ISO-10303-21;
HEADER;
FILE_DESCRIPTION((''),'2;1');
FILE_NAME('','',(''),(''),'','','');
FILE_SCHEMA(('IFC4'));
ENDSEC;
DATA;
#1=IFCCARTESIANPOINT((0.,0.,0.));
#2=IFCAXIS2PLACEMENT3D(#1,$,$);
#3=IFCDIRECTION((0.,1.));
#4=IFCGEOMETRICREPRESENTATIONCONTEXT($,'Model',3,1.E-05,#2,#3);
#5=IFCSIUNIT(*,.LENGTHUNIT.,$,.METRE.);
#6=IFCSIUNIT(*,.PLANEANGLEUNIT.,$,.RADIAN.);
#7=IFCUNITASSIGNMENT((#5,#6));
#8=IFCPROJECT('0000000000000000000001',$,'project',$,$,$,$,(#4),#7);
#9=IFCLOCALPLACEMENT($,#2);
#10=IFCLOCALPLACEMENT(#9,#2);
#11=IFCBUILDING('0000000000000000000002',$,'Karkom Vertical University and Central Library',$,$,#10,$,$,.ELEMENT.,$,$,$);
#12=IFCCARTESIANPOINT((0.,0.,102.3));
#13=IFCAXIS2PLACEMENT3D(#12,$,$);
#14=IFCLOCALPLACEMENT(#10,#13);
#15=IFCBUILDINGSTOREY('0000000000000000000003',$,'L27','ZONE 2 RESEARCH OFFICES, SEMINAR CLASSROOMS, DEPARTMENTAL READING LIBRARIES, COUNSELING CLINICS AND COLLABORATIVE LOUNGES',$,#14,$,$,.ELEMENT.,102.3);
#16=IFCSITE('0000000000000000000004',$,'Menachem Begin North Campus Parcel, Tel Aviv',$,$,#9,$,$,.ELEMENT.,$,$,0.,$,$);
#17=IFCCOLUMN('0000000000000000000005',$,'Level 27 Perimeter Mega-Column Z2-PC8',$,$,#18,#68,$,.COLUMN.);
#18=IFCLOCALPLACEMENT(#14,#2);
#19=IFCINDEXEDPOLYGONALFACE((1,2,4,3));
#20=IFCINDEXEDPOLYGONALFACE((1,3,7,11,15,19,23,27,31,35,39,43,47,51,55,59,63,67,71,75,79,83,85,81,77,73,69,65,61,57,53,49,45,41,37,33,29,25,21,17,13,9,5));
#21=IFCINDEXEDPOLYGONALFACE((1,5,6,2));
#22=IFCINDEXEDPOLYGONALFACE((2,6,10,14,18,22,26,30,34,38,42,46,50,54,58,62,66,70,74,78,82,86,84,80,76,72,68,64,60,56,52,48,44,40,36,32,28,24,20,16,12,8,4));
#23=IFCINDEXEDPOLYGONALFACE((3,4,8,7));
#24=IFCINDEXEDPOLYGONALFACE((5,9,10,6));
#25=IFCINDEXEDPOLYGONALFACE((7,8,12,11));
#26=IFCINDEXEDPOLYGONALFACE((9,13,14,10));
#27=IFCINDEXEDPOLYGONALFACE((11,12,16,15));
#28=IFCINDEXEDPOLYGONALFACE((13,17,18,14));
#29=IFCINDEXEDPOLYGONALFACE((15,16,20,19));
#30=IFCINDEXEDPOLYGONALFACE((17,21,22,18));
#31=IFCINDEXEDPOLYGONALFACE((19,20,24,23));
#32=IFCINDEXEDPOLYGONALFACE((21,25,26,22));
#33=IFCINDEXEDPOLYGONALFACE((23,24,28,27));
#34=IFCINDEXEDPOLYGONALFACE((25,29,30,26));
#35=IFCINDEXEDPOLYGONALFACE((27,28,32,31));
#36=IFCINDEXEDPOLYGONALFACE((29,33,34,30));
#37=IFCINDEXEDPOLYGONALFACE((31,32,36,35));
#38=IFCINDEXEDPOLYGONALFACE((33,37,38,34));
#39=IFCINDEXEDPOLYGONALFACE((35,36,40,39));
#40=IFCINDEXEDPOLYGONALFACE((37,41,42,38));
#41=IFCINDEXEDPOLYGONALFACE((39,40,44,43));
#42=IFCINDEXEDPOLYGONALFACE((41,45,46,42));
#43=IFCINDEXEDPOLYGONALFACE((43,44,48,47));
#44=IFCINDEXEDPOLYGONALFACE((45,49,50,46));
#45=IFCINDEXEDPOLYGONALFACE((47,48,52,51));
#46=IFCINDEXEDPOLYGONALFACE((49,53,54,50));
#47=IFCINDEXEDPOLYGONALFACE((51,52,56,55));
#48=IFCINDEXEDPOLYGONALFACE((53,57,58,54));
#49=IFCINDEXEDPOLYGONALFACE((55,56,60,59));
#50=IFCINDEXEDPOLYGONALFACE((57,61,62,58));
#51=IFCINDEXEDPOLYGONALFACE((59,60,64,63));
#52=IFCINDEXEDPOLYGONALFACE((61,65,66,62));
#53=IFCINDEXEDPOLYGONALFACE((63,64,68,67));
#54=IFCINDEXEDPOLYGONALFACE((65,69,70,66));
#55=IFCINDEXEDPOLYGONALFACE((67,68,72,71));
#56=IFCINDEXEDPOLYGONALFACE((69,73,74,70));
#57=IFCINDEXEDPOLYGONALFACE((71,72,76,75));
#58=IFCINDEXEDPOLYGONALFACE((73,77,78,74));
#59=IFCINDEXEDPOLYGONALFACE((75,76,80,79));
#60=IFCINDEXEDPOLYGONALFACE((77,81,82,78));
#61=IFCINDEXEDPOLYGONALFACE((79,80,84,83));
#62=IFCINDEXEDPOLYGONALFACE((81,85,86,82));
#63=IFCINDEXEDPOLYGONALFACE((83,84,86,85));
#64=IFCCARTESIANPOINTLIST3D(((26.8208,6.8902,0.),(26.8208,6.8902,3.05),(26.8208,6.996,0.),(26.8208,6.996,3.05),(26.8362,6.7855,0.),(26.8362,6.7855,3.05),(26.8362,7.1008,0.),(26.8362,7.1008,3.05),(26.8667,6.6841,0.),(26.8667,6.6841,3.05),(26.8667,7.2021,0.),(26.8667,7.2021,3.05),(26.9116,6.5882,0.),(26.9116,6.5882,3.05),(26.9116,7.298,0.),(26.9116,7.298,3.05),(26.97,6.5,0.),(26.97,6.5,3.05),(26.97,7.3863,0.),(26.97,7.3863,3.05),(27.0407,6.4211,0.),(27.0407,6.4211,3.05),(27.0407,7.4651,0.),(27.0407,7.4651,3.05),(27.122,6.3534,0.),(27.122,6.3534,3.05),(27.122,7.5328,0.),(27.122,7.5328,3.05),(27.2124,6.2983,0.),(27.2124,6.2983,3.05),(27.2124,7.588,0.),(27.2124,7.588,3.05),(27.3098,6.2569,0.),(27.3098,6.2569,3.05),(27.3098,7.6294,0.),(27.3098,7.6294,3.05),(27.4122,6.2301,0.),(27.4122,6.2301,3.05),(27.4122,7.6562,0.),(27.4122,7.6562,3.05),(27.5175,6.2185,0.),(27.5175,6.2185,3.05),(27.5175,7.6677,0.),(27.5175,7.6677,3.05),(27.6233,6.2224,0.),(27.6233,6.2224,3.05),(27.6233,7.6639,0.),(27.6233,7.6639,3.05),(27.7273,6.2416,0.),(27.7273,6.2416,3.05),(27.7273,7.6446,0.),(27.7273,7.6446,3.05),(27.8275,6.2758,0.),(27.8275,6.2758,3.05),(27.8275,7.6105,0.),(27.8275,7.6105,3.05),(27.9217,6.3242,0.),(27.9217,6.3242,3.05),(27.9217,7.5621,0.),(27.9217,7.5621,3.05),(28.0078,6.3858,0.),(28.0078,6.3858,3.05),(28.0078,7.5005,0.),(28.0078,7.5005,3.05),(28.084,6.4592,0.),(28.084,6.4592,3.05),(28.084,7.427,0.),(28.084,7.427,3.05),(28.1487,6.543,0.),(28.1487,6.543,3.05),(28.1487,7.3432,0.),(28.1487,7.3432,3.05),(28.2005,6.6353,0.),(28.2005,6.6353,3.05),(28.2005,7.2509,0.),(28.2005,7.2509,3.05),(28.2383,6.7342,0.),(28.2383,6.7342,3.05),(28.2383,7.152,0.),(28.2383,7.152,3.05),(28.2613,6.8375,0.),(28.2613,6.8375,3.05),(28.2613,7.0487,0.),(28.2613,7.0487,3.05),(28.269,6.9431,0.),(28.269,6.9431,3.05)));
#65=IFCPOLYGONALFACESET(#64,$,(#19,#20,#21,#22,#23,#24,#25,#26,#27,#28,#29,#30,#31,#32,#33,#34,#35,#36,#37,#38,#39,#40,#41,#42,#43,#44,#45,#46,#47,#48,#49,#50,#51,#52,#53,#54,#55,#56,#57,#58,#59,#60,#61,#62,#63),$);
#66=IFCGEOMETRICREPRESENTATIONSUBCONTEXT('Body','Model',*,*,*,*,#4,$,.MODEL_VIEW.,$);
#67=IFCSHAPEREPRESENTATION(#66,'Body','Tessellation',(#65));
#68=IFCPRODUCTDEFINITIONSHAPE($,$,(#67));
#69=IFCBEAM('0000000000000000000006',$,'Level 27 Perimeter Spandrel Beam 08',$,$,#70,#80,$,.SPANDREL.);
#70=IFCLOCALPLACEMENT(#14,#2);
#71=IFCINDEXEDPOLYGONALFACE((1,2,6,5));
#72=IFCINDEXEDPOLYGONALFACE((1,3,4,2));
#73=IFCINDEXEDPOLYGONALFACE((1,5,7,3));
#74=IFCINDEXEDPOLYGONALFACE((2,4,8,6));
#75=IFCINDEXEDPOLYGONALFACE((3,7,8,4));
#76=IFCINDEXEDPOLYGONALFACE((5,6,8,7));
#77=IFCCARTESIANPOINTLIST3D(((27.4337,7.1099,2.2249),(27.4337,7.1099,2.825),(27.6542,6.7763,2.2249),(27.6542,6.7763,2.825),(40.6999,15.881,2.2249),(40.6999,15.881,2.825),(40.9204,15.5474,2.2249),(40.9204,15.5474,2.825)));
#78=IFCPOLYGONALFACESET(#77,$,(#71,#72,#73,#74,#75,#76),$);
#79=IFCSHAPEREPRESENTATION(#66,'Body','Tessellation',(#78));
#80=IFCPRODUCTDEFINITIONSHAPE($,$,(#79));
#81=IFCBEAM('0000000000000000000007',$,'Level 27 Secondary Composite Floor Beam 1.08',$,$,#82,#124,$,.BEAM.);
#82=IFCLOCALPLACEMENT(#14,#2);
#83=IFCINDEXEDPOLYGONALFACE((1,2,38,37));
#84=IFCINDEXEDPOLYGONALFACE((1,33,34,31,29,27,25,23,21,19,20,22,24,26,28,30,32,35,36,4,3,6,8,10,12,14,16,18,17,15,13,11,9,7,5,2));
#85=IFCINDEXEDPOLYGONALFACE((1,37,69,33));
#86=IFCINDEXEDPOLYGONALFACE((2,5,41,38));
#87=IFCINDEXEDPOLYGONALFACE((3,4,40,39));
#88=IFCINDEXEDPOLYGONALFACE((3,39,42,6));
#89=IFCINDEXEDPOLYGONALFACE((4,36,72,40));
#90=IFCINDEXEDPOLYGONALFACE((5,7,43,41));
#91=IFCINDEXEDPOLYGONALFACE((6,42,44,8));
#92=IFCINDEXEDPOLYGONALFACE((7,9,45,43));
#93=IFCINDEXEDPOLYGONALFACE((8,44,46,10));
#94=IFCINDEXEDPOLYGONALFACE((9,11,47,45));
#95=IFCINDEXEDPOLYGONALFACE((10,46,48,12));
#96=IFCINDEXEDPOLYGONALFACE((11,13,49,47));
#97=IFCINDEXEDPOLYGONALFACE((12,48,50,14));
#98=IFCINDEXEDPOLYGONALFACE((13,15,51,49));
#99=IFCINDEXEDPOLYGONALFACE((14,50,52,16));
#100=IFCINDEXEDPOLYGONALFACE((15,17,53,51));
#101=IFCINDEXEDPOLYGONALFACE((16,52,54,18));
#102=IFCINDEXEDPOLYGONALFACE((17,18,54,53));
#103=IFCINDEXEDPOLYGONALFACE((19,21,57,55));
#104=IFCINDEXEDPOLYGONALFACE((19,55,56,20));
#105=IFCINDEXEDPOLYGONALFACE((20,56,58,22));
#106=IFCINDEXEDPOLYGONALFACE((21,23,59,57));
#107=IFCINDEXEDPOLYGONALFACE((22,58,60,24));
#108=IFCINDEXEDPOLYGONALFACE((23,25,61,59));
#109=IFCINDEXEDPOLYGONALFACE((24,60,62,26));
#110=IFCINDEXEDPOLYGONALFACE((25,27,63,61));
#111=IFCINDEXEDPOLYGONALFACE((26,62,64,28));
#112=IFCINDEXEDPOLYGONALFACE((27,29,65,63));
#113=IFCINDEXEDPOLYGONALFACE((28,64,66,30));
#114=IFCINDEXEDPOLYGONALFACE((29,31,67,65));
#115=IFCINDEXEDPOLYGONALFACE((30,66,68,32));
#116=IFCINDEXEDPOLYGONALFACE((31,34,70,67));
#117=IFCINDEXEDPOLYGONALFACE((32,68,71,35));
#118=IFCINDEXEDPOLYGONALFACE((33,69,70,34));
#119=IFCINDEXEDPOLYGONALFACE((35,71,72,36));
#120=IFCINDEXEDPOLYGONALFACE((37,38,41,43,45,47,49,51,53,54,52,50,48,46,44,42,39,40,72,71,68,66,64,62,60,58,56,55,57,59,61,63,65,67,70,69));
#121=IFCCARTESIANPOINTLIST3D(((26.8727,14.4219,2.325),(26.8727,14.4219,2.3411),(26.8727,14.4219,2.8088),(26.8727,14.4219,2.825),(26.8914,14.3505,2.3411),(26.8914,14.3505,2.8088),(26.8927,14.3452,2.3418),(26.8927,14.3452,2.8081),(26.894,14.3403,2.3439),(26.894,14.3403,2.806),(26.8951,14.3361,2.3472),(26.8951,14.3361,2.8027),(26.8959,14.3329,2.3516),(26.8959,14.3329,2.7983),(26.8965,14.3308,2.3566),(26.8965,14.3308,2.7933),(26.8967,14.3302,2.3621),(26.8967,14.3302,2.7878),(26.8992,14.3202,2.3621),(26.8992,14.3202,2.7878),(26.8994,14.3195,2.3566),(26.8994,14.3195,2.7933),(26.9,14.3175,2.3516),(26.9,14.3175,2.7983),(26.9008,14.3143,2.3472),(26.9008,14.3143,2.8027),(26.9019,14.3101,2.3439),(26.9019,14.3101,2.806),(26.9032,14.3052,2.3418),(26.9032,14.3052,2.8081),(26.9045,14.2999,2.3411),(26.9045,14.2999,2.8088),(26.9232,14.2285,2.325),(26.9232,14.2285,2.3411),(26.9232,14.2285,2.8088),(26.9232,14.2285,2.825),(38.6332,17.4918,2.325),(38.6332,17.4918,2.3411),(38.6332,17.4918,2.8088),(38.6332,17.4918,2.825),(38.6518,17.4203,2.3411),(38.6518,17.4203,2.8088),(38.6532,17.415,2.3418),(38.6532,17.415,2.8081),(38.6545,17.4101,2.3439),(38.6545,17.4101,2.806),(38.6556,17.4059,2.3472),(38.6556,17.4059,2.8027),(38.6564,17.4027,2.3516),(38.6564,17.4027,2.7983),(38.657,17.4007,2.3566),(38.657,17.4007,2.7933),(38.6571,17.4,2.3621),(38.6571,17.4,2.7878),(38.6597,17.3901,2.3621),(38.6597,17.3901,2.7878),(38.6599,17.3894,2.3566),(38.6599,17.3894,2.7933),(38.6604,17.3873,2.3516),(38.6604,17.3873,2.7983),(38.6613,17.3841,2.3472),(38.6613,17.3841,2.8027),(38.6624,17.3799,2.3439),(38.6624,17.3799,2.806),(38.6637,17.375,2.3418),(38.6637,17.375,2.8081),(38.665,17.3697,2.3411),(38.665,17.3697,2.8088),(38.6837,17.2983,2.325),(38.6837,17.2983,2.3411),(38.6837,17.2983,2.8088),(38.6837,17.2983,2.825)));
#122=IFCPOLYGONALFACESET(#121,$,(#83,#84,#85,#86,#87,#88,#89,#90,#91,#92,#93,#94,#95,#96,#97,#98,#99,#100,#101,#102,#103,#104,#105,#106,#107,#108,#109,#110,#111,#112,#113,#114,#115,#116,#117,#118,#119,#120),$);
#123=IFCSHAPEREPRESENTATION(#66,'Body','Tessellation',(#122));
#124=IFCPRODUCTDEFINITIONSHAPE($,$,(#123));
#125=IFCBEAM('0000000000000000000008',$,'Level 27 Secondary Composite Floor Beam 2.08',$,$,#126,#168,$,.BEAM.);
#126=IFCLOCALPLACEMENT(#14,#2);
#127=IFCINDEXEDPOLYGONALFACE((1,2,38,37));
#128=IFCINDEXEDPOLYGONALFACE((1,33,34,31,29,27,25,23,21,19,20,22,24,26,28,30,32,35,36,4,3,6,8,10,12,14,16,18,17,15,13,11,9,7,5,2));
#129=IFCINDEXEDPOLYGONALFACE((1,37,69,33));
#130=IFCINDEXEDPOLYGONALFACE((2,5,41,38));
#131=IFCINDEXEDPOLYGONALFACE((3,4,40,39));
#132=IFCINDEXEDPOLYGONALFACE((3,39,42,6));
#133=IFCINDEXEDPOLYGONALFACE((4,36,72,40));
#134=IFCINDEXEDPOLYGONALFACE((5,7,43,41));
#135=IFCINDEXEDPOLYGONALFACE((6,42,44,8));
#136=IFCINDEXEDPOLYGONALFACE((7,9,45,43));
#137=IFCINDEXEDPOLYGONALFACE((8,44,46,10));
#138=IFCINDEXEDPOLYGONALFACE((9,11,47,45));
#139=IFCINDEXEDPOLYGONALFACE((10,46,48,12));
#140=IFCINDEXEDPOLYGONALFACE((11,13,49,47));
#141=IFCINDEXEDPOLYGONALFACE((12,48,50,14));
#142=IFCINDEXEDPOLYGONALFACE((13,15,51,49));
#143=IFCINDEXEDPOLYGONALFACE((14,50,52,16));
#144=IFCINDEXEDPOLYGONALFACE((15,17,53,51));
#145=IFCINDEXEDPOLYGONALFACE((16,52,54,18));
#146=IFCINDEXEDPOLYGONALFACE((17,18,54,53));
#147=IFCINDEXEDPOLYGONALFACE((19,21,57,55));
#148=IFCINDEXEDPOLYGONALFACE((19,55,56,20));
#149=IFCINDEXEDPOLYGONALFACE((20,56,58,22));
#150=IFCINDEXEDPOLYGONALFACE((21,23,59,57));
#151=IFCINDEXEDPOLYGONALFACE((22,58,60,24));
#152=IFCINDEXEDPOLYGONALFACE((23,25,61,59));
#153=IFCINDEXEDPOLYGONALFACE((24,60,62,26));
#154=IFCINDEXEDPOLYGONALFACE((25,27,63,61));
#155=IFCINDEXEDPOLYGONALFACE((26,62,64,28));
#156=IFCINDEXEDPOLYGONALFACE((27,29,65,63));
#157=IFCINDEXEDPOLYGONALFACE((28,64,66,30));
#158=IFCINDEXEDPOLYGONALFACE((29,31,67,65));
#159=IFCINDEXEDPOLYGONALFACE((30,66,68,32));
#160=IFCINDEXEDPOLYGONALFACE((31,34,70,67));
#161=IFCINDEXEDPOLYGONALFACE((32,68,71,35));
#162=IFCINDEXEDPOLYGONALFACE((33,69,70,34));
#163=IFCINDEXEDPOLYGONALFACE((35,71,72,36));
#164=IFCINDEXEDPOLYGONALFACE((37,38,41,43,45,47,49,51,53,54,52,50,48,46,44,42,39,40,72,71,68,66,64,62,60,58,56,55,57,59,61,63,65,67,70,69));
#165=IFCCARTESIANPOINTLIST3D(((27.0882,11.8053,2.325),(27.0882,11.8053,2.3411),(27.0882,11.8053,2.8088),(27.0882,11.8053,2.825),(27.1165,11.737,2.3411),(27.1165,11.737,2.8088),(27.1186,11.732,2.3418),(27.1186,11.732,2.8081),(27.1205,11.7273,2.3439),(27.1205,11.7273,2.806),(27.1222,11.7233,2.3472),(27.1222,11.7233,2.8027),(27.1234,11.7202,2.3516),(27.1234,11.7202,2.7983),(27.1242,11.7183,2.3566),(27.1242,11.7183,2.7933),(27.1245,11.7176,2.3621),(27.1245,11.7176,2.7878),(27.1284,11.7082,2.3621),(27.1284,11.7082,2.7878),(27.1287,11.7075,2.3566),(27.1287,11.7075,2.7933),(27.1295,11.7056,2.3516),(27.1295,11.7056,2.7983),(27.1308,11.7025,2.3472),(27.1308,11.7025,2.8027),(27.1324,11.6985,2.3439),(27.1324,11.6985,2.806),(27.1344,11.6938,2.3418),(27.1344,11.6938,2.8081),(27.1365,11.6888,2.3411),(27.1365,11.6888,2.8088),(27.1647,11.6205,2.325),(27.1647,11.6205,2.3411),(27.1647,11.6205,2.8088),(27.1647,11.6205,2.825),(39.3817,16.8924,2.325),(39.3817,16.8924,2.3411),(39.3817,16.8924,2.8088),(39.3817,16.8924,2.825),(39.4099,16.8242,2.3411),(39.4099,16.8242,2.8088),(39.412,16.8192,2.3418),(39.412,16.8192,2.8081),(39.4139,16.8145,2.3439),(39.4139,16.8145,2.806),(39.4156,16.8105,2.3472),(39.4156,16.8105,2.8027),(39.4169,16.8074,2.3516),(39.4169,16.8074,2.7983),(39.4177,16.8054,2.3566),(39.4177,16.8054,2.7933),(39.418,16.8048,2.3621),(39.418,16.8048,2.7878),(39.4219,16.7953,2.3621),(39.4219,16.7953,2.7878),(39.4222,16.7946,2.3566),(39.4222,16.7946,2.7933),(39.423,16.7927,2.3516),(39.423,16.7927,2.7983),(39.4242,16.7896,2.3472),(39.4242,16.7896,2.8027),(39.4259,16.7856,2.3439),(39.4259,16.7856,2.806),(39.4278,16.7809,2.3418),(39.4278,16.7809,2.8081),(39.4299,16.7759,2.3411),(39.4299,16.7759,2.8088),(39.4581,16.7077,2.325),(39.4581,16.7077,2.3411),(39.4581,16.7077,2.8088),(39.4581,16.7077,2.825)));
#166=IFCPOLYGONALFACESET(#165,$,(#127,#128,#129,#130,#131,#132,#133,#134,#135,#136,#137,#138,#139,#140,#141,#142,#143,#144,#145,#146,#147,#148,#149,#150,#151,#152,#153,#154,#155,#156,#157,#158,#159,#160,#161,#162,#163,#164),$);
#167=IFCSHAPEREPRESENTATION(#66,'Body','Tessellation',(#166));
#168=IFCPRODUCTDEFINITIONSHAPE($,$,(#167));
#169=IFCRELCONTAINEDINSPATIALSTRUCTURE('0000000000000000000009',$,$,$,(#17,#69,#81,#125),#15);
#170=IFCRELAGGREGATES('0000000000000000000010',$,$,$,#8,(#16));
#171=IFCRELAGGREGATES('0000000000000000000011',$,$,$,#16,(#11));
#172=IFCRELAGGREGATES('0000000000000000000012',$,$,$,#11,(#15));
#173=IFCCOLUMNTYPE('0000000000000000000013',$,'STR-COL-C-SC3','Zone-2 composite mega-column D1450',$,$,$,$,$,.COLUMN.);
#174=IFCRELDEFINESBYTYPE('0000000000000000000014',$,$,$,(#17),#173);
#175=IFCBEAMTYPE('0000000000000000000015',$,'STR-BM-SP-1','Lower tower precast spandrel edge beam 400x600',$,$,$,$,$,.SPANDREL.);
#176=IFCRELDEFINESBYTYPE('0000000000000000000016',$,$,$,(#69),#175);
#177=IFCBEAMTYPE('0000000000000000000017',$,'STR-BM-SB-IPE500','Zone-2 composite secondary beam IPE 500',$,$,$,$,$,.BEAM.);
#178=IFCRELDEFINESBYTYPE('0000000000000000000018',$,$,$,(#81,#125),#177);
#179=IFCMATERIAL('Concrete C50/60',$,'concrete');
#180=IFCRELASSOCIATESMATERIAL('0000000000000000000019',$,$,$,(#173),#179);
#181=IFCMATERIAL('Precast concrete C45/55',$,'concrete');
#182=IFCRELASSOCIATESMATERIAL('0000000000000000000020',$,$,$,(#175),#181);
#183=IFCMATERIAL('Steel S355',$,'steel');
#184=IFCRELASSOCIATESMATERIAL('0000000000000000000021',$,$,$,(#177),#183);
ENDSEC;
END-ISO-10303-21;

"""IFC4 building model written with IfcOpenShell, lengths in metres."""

from ifc_helpers import new_model, si_unit, direction, frame, origin, origin_with_axes, origin_2d, place, context, subcontext, project, spatial, rectangle, circle, i_section, extrude, source, transform, mapped, material, material_profile, profile_set, type_object, element, save


model = new_model("IFC4")

# Units and contexts
model_context = context("Model", 3, precision=1e-05, world=origin(), true_north=direction((0.0, 1.0)))
body_context = subcontext(model_context, "Body", "Model", "MODEL_VIEW")
ifc_project = project(units=[si_unit("LENGTHUNIT", "METRE"), si_unit("PLANEANGLEUNIT", "RADIAN")], contexts=[model_context])

# Site, building, storey
site_placement = place(None, origin())
site = spatial("IfcSite", under=ifc_project, at=site_placement, Name="Menachem Begin North Campus Parcel, Tel Aviv", CompositionType="ELEMENT", RefElevation=0.0)
building_placement = place(site_placement, origin())
building = spatial("IfcBuilding", under=site, at=building_placement, Name="Karkom Vertical University and Central Library", CompositionType="ELEMENT")
storey_placement = place(building_placement, frame((0.0, 0.0, 102.3)))
storey = spatial("IfcBuildingStorey", under=building, at=storey_placement, Name="L27", Description="ZONE 2 RESEARCH OFFICES, SEMINAR CLASSROOMS, DEPARTMENTAL READING LIBRARIES, COUNSELING CLINICS AND COLLABORATIVE LOUNGES", CompositionType="ELEMENT", Elevation=102.3)

# Column
ifc_material_1 = material(Name="Concrete C50/60", Category="concrete")
ifc_material_profile_1 = material_profile(ifc_material_1, circle(Radius=0.7251, at=origin_2d()), Name="CFT-D1450")
ifc_profile_set_1 = profile_set([ifc_material_profile_1], Name="Concrete C50/60")
column_type = type_object("IfcColumnType", Name="STR-COL-C-SC3", Description="Zone-2 composite mega-column D1450", PredefinedType="COLUMN", material=ifc_profile_set_1)
shared_shape_1 = source(origin_with_axes(), body_context, "Body", "SweptSolid", [
    extrude(circle(Radius=0.7251, at=origin_2d()), origin(), (0.0, 0.0, 1.0), 3.05),
])
column_placement = place(storey_placement, frame((27.5439, 6.9431, 0.0), z_axis=(0.0, 0.0, 1.0), x_axis=(1.0, 0.0, 0.0)))
element("IfcColumn", 1, at=column_placement, inside=storey, type_object=column_type, Name="Level 27 Perimeter Mega-Column Z2-PC8", PredefinedType="COLUMN", context=body_context, shape_type="MappedRepresentation", body=[
    mapped(shared_shape_1, transform((0.0, 0.0, 0.0), scale=1.0)),
])

# Beams
ifc_material_2 = material(Name="Precast concrete C45/55", Category="concrete")
ifc_material_profile_2 = material_profile(ifc_material_2, rectangle(XDim=0.3999, YDim=0.6001, at=origin_2d()), Name="SPB-400x600")
ifc_profile_set_2 = profile_set([ifc_material_profile_2], Name="Precast concrete C45/55")
beam_type_1 = type_object("IfcBeamType", Name="STR-BM-SP-1", Description="Lower tower precast spandrel edge beam 400x600", PredefinedType="SPANDREL", material=ifc_profile_set_2)
shared_shape_2 = source(origin_with_axes(), body_context, "Body", "SweptSolid", [
    extrude(rectangle(XDim=0.3999, YDim=0.6001, at=origin_2d()), origin(), (0.0, 0.0, 1.0), 15.9036),
])
beam_1_placement = place(storey_placement, frame((27.5439, 6.9431, 2.5249), z_axis=(0.834165, 0.551515, 0.0), x_axis=(-0.551515, 0.834165, 0.0)))
element("IfcBeam", 2, at=beam_1_placement, inside=storey, type_object=beam_type_1, Name="Level 27 Perimeter Spandrel Beam 08", PredefinedType="SPANDREL", context=body_context, shape_type="MappedRepresentation", body=[
    mapped(shared_shape_2, transform((0.0, 0.0, 0.0), scale=1.0)),
])
ifc_material_3 = material(Name="Steel S355", Category="steel")
ifc_material_profile_3 = material_profile(ifc_material_3, i_section(OverallWidth=0.2, OverallDepth=0.5, WebThickness=0.0103, FlangeThickness=0.0161, FilletRadius=0.021, at=origin_2d()), Name="IPE 500")
ifc_profile_set_3 = profile_set([ifc_material_profile_3], Name="Steel S355")
beam_type_2 = type_object("IfcBeamType", Name="STR-BM-SB-IPE500", Description="Zone-2 composite secondary beam IPE 500", PredefinedType="BEAM", material=ifc_profile_set_3)
shared_shape_3 = source(origin_with_axes(), body_context, "Body", "SweptSolid", [
    extrude(i_section(OverallWidth=0.2, OverallDepth=0.5, WebThickness=0.0103, FlangeThickness=0.0161, FilletRadius=0.021, at=origin_2d()), origin(), (0.0, 0.0, 1.0), 12.1545),
])
beam_2_placement = place(storey_placement, frame((26.8979, 14.3252, 2.575), z_axis=(0.96758, 0.252566, 0.0), x_axis=(-0.252566, 0.96758, 0.0)))
element("IfcBeam", 3, at=beam_2_placement, inside=storey, type_object=beam_type_2, Name="Level 27 Secondary Composite Floor Beam 1.08", PredefinedType="BEAM", context=body_context, shape_type="MappedRepresentation", body=[
    mapped(shared_shape_3, transform((0.0, 0.0, 0.0), scale=1.0)),
])
shared_shape_4 = source(origin_with_axes(), body_context, "Body", "SweptSolid", [
    extrude(i_section(OverallWidth=0.2, OverallDepth=0.5, WebThickness=0.0103, FlangeThickness=0.0161, FilletRadius=0.021, at=origin_2d()), origin(), (0.0, 0.0, 1.0), 13.3044),
])
beam_3_placement = place(storey_placement, frame((27.1265, 11.7129, 2.575), z_axis=(0.924011, 0.382365, 0.0), x_axis=(-0.382365, 0.924011, 0.0)))
element("IfcBeam", 4, at=beam_3_placement, inside=storey, type_object=beam_type_2, Name="Level 27 Secondary Composite Floor Beam 2.08", PredefinedType="BEAM", context=body_context, shape_type="MappedRepresentation", body=[
    mapped(shared_shape_4, transform((0.0, 0.0, 0.0), scale=1.0)),
])

save(model, "model.ifc")
